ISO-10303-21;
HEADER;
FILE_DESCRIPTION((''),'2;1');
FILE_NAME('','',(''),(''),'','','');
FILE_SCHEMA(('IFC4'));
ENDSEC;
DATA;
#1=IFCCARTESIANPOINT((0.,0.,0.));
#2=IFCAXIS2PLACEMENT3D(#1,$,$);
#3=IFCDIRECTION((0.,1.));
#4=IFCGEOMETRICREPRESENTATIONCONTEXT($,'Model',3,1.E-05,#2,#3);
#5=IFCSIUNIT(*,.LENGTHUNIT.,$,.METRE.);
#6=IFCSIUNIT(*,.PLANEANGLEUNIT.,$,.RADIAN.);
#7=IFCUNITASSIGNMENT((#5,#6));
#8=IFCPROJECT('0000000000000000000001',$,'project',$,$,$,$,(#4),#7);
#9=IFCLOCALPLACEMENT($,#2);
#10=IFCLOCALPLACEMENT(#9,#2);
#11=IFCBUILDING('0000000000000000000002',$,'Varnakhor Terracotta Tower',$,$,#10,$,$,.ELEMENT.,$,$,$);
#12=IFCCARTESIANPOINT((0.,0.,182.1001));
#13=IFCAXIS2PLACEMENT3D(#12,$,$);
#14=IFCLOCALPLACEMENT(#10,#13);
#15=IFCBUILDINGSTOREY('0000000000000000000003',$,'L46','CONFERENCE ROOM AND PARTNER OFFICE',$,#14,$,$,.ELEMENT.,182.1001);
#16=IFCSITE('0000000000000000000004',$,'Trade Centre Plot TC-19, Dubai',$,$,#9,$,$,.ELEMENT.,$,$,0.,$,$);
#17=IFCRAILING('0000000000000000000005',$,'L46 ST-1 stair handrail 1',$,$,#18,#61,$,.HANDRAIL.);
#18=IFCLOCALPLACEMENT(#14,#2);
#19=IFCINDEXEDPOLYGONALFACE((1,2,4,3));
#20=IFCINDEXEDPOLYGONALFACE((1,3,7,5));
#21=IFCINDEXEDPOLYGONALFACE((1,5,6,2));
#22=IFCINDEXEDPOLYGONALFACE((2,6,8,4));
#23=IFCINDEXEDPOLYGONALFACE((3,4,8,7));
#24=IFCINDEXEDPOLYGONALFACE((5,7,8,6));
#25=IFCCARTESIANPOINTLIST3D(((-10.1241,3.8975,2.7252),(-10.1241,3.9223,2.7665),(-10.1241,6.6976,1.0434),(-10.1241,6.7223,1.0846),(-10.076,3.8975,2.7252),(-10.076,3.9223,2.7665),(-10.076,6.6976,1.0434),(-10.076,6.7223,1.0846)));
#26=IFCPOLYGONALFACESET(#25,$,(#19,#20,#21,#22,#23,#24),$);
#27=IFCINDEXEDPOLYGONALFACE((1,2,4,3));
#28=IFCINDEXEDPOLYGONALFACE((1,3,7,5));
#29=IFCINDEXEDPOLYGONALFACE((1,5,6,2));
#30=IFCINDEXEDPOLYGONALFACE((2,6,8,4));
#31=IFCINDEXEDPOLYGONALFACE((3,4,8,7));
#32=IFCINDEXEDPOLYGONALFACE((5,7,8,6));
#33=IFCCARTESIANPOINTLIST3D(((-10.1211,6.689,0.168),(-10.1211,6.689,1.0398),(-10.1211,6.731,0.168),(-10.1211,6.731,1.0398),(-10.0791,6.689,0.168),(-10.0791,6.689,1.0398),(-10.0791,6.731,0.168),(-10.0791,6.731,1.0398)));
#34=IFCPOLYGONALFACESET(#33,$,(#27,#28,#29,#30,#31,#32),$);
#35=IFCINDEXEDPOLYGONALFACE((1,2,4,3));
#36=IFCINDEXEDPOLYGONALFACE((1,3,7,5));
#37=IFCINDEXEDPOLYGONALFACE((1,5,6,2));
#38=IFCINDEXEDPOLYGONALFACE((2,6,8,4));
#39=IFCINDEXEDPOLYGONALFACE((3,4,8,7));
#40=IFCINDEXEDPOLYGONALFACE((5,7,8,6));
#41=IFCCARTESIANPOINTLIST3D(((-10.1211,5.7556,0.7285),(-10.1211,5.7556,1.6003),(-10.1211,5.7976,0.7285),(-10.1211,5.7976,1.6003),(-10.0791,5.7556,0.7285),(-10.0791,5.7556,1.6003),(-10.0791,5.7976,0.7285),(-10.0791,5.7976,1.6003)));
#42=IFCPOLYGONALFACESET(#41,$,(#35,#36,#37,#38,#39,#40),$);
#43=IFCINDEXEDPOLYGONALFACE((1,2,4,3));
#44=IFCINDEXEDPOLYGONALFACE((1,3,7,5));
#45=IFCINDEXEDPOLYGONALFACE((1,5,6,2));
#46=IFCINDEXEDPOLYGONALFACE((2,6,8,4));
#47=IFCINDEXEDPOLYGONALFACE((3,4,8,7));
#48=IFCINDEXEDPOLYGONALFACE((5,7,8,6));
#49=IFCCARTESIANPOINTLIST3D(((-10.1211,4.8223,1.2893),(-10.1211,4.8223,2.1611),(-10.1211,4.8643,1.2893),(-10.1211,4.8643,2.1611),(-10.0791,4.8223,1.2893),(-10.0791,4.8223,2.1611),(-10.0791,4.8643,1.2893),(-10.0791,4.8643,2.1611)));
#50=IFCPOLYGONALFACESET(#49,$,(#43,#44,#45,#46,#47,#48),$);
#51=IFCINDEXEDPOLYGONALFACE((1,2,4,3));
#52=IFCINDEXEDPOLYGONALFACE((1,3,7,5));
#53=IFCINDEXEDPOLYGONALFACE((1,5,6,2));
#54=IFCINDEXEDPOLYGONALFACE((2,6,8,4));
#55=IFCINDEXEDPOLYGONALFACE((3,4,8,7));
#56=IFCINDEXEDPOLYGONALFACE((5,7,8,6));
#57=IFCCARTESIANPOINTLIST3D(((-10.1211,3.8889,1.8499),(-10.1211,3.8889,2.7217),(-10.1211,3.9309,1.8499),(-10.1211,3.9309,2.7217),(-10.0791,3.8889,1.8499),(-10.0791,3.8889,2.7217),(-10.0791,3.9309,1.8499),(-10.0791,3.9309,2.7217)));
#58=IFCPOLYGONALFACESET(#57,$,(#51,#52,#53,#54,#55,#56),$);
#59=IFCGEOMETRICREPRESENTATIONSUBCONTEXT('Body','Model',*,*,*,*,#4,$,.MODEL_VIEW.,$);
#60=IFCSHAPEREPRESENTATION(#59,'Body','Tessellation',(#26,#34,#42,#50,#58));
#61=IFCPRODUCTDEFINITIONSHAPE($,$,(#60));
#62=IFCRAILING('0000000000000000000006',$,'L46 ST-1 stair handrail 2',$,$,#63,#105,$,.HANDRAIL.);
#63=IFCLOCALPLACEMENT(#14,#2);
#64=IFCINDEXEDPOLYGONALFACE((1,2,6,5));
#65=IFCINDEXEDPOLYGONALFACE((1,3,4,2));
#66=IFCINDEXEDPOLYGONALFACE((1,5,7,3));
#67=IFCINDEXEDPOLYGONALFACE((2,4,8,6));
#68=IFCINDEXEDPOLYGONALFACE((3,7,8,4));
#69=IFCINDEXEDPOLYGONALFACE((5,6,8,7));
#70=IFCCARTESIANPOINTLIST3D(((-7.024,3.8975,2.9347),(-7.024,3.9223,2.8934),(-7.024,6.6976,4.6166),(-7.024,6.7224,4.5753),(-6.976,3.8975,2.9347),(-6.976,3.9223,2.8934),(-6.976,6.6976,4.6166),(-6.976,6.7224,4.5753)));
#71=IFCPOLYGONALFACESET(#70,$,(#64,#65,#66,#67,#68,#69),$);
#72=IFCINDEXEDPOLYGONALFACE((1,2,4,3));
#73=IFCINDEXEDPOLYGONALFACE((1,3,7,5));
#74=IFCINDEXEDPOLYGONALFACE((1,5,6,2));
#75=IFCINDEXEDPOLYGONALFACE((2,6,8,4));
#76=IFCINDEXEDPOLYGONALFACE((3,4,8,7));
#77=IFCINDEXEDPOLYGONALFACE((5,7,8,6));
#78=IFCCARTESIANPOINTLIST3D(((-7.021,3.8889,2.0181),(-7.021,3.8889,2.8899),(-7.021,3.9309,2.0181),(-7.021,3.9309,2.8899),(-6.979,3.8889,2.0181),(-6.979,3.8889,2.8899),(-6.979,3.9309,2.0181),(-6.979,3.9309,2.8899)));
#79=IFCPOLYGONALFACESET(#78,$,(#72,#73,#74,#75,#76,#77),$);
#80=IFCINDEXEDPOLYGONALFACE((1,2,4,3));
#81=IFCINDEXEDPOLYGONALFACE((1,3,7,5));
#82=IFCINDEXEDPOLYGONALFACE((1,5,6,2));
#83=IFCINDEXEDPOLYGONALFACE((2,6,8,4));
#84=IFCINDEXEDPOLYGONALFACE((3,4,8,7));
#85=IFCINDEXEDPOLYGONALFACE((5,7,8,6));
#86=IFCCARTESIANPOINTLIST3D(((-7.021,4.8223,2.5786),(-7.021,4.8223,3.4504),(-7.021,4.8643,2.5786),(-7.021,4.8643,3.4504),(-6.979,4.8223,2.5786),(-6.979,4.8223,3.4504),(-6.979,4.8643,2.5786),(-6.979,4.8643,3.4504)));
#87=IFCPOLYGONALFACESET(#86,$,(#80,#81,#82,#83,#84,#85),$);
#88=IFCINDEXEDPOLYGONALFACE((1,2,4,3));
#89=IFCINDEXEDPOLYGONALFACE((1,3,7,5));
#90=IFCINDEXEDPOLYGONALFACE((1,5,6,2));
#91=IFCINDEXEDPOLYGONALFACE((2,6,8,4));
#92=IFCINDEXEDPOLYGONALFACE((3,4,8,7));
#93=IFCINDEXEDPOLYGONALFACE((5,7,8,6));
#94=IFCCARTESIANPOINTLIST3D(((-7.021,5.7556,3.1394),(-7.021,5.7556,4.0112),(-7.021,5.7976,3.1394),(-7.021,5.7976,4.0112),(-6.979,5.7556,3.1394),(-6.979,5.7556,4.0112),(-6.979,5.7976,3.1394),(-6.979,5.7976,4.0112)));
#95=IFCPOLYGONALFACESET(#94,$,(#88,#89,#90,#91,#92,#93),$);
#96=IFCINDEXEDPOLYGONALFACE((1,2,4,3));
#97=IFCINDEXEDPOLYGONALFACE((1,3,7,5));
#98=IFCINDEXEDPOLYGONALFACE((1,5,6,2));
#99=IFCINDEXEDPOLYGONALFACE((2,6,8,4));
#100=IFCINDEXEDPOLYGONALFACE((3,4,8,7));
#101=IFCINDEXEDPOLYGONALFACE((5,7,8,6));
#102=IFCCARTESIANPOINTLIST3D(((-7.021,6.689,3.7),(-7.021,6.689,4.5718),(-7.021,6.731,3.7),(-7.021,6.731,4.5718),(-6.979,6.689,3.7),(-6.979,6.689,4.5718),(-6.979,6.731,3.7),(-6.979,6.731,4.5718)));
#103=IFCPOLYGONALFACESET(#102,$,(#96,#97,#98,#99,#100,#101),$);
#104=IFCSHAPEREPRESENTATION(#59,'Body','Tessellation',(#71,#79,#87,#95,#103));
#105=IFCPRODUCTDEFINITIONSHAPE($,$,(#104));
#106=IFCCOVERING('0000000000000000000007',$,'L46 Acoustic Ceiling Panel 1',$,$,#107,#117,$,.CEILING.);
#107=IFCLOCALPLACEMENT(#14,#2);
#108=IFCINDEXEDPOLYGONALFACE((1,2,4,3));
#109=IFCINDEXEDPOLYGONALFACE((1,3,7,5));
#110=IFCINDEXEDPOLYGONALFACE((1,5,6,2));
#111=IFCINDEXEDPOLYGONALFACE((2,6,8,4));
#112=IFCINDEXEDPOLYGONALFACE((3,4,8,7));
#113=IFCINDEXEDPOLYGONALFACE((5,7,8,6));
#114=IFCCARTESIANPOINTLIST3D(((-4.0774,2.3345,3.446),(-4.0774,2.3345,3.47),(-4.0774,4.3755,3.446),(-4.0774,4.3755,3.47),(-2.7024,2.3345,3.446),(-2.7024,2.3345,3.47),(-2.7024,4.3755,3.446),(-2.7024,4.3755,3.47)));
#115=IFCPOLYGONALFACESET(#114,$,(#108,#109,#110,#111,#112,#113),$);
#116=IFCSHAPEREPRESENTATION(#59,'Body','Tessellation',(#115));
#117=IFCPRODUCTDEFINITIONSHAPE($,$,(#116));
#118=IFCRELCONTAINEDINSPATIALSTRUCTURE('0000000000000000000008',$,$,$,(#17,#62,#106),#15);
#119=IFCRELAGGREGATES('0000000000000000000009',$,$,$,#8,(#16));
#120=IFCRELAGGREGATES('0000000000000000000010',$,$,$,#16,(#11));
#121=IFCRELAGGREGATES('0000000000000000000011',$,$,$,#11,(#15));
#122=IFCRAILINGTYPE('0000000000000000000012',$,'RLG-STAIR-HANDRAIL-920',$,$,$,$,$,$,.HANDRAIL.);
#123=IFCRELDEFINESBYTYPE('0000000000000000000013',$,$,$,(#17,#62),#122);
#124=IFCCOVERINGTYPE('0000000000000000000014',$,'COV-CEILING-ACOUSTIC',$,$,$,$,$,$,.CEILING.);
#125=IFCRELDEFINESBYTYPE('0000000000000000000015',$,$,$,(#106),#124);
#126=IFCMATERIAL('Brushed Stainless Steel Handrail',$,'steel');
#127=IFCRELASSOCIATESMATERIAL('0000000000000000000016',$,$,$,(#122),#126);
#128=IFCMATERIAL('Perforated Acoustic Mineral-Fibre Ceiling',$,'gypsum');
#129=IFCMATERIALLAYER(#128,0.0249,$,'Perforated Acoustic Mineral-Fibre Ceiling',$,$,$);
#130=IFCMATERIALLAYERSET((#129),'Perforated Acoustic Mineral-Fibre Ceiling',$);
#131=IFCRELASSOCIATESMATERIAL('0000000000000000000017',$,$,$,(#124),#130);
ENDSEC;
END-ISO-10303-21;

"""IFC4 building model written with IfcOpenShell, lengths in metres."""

from ifc_helpers import new_model, si_unit, direction, frame, origin, origin_2d, place, context, subcontext, project, spatial, rectangle, extrude, source, transform, mapped, material, layer, layer_set, type_object, element, save


model = new_model("IFC4")

# Units and contexts
model_context = context("Model", 3, precision=1e-05, world=origin(), true_north=direction((0.0, 1.0)))
body_context = subcontext(model_context, "Body", "Model", "MODEL_VIEW")
ifc_project = project(units=[si_unit("LENGTHUNIT", "METRE"), si_unit("PLANEANGLEUNIT", "RADIAN")], contexts=[model_context])

# Site, building, storey
site_placement = place(None, origin())
site = spatial("IfcSite", under=ifc_project, at=site_placement, Name="Trade Centre Plot TC-19, Dubai", CompositionType="ELEMENT", RefElevation=0.0)
building_placement = place(site_placement, origin())
building = spatial("IfcBuilding", under=site, at=building_placement, Name="Varnakhor Terracotta Tower", CompositionType="ELEMENT")
storey_placement = place(building_placement, frame((0.0, 0.0, 182.1001)))
storey = spatial("IfcBuildingStorey", under=building, at=storey_placement, Name="L46", Description="CONFERENCE ROOM AND PARTNER OFFICE", CompositionType="ELEMENT", Elevation=182.1001)

# Railings
ifc_material_1 = material(Name="Brushed Stainless Steel Handrail", Category="steel")
railing_type_1 = type_object("IfcRailingType", Name="RLG-STAIR-HANDRAIL-920", PredefinedType="HANDRAIL", material=ifc_material_1)
railing_1_placement = place(storey_placement, frame((-10.1001, 6.71, 0.168)))
element("IfcRailing", 1, at=railing_1_placement, inside=storey, type_object=railing_type_1, Name="L46 ST-1 stair handrail 1", PredefinedType="HANDRAIL", context=body_context, shape_type="SweptSolid", body=[
    extrude(rectangle(XDim=0.0481, YDim=0.0481, at=origin_2d()), frame((0.0, 0.0, 0.896), z_axis=(0.0, -0.857242, 0.514913), x_axis=(1.0, 0.0, 0.0)), (0.0, 0.0, 1.0), 3.2664),
    extrude(rectangle(XDim=0.042, YDim=0.042, at=origin_2d()), origin(), (0.0, 0.0, 1.0), 0.8718),
    extrude(rectangle(XDim=0.042, YDim=0.042, at=origin_2d()), frame((0.0, -0.9333, 0.5605)), (0.0, 0.0, 1.0), 0.8718),
    extrude(rectangle(XDim=0.042, YDim=0.042, at=origin_2d()), frame((0.0, -1.8667, 1.1213)), (0.0, 0.0, 1.0), 0.8718),
    extrude(rectangle(XDim=0.042, YDim=0.042, at=origin_2d()), frame((0.0, -2.8, 1.6819)), (0.0, 0.0, 1.0), 0.8718),
])
railing_2_placement = place(storey_placement, frame((-7.0, 3.9099, 2.0181)))
element("IfcRailing", 2, at=railing_2_placement, inside=storey, type_object=railing_type_1, Name="L46 ST-1 stair handrail 2", PredefinedType="HANDRAIL", context=body_context, shape_type="SweptSolid", body=[
    extrude(rectangle(XDim=0.0481, YDim=0.0481, at=origin_2d()), frame((0.0, 0.0, 0.896), z_axis=(0.0, 0.857242, 0.514913), x_axis=(-1.0, 0.0, 0.0)), (0.0, 0.0, 1.0), 3.2664),
    extrude(rectangle(XDim=0.042, YDim=0.042, at=origin_2d()), origin(), (0.0, 0.0, 1.0), 0.8718),
    extrude(rectangle(XDim=0.042, YDim=0.042, at=origin_2d()), frame((0.0, 0.9333, 0.5605)), (0.0, 0.0, 1.0), 0.8718),
    extrude(rectangle(XDim=0.042, YDim=0.042, at=origin_2d()), frame((0.0, 1.8667, 1.1213)), (0.0, 0.0, 1.0), 0.8718),
    extrude(rectangle(XDim=0.042, YDim=0.042, at=origin_2d()), frame((0.0, 2.8, 1.6819)), (0.0, 0.0, 1.0), 0.8718),
])

# Covering
ifc_material_2 = material(Name="Perforated Acoustic Mineral-Fibre Ceiling", Category="gypsum")
ifc_layer_1 = layer(ifc_material_2, 0.0249, Name="Perforated Acoustic Mineral-Fibre Ceiling")
ifc_layer_set_1 = layer_set([ifc_layer_1], Name="Perforated Acoustic Mineral-Fibre Ceiling")
covering_type = type_object("IfcCoveringType", Name="COV-CEILING-ACOUSTIC", PredefinedType="CEILING", material=ifc_layer_set_1)
shared_shape_1 = source(origin(), body_context, "Body", "SweptSolid", [
    extrude(rectangle(XDim=1.375, YDim=2.041, at=origin_2d()), origin(), (0.0, 0.0, 1.0), 0.0239),
])
covering_placement = place(storey_placement, frame((-3.3899, 3.355, 3.446), z_axis=(0.0, 0.0, 1.0), x_axis=(1.0, 0.0, 0.0)))
element("IfcCovering", 3, at=covering_placement, inside=storey, type_object=covering_type, Name="L46 Acoustic Ceiling Panel 1", PredefinedType="CEILING", context=body_context, shape_type="MappedRepresentation", body=[
    mapped(shared_shape_1, transform((0.0, 0.0, 0.0), scale=1.0)),
])

save(model, "model.ifc")
